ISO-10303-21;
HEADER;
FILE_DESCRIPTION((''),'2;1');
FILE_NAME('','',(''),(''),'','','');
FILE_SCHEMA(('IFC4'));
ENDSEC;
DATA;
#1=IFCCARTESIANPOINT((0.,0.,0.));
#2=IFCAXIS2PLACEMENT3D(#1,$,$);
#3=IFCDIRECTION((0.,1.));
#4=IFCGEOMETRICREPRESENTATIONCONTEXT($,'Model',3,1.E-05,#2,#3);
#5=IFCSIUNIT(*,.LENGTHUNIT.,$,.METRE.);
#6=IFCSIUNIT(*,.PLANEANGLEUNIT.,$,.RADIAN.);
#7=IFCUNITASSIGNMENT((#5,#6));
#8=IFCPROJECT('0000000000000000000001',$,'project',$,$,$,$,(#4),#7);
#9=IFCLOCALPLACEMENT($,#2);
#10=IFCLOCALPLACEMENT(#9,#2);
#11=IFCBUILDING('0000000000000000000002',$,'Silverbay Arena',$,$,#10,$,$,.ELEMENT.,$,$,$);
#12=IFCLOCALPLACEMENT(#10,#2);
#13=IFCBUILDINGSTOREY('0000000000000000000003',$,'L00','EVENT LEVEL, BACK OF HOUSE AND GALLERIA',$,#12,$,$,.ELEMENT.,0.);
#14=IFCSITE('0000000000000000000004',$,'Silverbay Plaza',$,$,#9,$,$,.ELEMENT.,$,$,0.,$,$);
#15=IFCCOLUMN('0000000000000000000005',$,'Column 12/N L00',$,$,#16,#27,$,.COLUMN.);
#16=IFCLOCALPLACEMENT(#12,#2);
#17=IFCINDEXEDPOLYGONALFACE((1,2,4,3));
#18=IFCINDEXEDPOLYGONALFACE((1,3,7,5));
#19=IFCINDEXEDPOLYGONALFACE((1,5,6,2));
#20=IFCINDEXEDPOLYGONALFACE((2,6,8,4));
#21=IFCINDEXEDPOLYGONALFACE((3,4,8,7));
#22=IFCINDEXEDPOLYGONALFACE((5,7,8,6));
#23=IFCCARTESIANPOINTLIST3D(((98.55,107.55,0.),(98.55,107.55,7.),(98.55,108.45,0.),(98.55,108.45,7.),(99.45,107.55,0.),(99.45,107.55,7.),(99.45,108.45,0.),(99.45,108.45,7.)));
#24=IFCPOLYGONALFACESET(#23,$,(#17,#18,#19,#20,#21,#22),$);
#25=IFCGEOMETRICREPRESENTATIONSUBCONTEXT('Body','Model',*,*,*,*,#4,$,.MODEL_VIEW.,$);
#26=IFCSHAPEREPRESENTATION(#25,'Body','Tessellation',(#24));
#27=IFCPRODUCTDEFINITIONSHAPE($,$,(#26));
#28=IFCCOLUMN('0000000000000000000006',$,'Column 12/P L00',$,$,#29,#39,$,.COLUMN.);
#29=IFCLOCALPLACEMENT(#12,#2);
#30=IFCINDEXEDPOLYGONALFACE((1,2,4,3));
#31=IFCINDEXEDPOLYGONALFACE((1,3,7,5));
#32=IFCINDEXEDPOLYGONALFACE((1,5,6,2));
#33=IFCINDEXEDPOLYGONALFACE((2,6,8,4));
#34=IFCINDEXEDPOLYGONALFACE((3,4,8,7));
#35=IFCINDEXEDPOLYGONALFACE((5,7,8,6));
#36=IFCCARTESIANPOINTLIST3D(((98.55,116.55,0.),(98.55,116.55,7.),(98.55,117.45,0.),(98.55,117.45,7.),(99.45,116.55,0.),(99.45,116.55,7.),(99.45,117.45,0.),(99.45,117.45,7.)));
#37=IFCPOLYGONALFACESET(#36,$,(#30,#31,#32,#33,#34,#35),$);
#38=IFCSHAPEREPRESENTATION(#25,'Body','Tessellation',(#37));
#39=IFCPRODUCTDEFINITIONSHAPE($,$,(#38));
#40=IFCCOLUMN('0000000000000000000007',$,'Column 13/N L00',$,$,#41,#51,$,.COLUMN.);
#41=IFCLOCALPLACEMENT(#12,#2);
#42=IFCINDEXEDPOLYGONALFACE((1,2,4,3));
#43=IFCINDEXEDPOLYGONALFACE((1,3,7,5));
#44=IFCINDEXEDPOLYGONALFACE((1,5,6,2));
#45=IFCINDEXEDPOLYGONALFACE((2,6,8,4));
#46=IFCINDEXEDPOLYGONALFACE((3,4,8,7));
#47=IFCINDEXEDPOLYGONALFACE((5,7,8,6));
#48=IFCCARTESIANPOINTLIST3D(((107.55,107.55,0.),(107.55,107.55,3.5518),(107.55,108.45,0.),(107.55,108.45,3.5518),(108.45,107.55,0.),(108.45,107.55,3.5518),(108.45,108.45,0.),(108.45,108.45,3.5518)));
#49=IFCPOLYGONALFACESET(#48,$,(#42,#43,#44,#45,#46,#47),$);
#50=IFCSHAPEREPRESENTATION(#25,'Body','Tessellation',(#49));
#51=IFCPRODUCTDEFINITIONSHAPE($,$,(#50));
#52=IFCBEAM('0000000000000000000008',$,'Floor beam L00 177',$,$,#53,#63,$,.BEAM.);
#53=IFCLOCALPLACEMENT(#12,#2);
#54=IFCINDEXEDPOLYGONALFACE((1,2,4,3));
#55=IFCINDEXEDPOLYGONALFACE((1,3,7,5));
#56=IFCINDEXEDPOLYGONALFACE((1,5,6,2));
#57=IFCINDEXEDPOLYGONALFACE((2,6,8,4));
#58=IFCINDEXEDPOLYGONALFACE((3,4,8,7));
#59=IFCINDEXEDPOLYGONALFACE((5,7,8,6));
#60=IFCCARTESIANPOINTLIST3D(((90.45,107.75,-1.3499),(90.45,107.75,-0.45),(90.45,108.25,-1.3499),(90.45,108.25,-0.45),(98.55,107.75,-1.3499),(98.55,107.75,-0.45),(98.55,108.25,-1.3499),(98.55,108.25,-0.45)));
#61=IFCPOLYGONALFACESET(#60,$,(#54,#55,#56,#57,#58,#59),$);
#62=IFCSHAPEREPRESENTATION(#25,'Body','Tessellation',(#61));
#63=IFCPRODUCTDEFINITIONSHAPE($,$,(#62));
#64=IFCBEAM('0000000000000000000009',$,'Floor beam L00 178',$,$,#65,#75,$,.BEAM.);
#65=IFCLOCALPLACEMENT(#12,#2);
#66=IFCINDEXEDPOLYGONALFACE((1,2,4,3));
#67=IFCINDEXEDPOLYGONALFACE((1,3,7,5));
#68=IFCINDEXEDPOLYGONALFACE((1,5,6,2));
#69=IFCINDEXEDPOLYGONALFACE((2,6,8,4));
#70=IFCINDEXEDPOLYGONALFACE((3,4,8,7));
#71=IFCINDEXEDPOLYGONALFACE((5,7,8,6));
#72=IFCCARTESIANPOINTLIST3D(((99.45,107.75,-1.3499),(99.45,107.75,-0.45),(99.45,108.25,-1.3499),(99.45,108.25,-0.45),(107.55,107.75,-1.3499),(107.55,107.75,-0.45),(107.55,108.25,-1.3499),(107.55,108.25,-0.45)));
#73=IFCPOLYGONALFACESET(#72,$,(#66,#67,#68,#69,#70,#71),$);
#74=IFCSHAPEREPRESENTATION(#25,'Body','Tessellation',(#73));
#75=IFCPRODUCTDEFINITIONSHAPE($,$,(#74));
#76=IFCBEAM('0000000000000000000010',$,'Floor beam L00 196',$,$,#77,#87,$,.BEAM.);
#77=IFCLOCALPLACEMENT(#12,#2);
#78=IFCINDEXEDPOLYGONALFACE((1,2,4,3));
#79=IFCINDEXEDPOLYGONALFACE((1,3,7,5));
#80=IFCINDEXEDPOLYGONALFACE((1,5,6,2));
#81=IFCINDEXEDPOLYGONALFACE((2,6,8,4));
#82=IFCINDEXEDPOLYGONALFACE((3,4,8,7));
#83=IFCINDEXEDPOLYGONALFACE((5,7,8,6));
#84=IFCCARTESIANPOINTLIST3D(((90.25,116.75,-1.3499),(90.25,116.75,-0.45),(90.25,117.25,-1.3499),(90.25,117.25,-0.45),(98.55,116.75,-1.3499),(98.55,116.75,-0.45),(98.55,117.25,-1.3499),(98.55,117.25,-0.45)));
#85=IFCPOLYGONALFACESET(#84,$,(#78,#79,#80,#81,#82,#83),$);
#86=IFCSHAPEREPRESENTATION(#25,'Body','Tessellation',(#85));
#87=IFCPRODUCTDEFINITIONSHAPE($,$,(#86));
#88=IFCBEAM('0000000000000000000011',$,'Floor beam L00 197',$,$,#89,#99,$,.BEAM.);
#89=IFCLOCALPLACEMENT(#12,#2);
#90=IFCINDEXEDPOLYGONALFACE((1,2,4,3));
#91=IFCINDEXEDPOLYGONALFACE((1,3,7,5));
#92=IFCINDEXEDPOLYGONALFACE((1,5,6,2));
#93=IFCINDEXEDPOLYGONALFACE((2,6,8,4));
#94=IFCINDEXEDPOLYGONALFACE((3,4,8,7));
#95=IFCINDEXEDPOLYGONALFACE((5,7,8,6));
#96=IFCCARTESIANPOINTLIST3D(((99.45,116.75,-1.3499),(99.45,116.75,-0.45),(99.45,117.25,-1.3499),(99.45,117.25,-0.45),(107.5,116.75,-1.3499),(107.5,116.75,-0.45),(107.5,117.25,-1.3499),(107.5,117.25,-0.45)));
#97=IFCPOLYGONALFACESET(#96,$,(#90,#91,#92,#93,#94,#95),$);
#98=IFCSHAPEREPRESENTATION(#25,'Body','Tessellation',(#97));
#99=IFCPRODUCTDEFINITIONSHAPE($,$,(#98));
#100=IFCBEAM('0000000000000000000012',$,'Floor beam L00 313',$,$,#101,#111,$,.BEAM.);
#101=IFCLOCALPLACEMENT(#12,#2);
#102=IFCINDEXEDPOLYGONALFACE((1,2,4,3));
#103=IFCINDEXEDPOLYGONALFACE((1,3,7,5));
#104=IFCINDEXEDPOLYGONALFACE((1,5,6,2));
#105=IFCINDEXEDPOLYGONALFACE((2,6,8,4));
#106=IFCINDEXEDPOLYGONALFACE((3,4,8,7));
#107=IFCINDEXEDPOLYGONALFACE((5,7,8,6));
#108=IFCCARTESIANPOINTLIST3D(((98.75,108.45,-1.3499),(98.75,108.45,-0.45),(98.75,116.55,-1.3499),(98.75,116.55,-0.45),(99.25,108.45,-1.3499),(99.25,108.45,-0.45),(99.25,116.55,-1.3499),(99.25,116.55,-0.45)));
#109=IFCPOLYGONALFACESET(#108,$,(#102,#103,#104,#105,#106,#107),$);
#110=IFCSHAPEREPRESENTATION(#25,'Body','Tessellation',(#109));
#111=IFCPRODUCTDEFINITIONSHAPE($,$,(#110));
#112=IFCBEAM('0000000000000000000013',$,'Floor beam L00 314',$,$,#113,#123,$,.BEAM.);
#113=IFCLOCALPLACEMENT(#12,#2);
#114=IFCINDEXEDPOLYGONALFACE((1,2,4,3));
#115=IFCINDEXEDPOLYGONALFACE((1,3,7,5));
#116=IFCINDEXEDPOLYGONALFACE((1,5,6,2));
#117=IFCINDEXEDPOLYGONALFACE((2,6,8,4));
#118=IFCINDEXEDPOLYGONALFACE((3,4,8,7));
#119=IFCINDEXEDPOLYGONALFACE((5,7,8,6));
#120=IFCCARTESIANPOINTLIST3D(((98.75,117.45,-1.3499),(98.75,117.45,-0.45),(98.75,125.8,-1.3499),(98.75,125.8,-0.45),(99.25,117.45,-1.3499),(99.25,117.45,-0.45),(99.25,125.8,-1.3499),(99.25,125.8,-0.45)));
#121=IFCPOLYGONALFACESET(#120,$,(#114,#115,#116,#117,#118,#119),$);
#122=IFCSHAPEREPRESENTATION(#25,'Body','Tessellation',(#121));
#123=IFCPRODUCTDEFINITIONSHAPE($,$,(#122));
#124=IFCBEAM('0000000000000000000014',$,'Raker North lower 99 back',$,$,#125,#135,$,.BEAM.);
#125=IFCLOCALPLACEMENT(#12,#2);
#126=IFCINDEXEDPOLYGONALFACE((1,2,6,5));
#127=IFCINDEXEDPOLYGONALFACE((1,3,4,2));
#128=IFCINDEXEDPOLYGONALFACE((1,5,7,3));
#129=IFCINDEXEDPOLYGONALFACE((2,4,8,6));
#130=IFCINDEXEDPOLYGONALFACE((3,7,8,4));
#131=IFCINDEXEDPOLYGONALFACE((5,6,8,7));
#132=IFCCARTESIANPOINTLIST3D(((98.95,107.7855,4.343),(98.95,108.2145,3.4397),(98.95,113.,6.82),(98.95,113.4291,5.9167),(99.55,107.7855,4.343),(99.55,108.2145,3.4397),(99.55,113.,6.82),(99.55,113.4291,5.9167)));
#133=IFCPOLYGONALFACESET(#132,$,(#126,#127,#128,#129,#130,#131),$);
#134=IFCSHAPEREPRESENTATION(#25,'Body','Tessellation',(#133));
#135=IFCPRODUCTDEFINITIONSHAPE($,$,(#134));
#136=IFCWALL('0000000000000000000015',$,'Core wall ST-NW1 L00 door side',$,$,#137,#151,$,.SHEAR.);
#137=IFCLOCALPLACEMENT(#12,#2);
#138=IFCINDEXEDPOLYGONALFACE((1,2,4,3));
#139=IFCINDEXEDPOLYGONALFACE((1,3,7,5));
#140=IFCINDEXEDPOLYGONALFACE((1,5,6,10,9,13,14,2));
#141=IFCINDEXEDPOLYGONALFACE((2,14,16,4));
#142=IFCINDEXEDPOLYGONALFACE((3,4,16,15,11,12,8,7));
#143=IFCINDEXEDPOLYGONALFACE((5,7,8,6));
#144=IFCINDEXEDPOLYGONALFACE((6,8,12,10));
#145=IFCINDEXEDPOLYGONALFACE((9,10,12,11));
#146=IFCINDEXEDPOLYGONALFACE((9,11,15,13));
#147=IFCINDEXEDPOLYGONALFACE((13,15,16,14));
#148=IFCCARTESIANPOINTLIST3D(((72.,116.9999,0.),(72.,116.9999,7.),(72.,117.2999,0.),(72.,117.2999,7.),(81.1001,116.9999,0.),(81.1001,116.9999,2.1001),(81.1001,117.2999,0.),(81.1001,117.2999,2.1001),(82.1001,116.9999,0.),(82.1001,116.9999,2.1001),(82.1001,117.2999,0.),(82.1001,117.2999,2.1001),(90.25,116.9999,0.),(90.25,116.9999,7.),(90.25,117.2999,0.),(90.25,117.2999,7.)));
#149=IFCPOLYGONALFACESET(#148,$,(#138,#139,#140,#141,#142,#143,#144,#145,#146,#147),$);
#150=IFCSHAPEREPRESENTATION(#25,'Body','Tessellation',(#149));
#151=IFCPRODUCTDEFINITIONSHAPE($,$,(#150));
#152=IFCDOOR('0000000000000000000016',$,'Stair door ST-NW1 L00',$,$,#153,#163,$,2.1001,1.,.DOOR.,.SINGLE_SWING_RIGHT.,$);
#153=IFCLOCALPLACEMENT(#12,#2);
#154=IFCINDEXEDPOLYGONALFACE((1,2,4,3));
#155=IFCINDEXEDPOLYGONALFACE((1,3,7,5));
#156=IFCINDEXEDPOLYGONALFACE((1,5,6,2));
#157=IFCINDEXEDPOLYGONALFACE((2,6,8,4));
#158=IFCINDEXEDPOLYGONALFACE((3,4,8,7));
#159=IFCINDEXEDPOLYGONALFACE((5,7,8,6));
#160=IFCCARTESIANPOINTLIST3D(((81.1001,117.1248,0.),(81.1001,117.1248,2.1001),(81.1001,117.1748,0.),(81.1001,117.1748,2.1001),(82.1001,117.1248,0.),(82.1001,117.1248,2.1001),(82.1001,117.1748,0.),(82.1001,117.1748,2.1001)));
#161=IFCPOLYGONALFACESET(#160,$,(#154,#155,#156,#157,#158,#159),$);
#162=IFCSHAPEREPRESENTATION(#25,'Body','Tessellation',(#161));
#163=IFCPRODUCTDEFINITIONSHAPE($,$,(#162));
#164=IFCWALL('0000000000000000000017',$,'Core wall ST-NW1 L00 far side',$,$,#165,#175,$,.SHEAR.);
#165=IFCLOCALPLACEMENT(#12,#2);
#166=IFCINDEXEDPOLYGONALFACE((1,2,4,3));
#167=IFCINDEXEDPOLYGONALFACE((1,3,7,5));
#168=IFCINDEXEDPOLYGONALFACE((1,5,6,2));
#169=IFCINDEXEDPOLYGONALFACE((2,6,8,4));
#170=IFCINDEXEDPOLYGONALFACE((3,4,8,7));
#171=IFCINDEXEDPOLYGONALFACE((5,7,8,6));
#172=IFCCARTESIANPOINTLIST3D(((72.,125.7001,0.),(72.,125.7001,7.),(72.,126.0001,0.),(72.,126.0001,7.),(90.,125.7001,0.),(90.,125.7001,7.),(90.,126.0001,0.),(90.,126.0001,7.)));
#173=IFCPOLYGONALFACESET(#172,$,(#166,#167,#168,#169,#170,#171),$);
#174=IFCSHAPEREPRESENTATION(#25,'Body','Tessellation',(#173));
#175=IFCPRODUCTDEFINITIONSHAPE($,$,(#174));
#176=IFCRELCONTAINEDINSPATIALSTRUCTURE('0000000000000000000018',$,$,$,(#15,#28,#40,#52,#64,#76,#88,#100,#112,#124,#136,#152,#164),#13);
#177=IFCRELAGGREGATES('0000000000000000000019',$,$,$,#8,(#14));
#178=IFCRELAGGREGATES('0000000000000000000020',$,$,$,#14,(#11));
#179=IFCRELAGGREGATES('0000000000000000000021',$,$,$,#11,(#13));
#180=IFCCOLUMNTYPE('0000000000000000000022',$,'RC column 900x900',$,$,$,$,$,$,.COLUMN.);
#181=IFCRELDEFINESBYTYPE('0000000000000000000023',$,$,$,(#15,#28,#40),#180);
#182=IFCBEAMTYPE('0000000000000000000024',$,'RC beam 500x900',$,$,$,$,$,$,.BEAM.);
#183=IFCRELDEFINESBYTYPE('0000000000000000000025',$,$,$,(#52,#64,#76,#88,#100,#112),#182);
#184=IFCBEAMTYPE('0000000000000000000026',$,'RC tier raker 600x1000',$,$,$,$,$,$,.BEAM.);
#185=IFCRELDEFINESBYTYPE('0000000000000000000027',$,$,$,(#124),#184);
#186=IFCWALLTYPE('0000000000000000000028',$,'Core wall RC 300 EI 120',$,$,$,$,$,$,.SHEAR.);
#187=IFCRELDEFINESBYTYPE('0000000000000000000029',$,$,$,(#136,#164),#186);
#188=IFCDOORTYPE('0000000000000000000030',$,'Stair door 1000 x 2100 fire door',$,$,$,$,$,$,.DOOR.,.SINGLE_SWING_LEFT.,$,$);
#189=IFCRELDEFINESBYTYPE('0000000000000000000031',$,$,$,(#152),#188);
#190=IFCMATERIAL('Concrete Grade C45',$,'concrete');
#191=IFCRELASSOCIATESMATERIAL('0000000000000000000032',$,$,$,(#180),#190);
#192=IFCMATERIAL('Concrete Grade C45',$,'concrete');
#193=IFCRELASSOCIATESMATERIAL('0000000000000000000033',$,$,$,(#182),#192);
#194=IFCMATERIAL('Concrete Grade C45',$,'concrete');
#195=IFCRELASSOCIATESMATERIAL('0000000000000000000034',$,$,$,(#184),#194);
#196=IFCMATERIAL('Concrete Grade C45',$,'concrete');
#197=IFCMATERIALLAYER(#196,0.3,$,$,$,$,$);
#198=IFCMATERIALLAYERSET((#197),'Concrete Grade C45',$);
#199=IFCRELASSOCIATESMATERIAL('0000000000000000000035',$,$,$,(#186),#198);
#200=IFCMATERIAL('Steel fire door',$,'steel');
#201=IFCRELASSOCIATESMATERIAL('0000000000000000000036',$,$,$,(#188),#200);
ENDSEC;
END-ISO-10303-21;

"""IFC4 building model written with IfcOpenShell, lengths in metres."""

from ifc_helpers import new_model, si_unit, direction, frame, frame_2d, origin, origin_2d, place, context, subcontext, project, spatial, rectangle, extrude, material, layer, layer_set, material_profile, profile_set, type_object, element, fill, save


model = new_model("IFC4")

# Units and contexts
model_context = context("Model", 3, precision=1e-05, world=origin(), true_north=direction((0.0, 1.0)))
body_context = subcontext(model_context, "Body", "Model", "MODEL_VIEW")
ifc_project = project(units=[si_unit("LENGTHUNIT", "METRE"), si_unit("PLANEANGLEUNIT", "RADIAN")], contexts=[model_context])

# Site, building, storey
site_placement = place(None, origin())
site = spatial("IfcSite", under=ifc_project, at=site_placement, Name="Silverbay Plaza", CompositionType="ELEMENT", RefElevation=0.0)
building_placement = place(site_placement, origin())
building = spatial("IfcBuilding", under=site, at=building_placement, Name="Silverbay Arena", CompositionType="ELEMENT")
storey_placement = place(building_placement, origin())
storey = spatial("IfcBuildingStorey", under=building, at=storey_placement, Name="L00", Description="EVENT LEVEL, BACK OF HOUSE AND GALLERIA", CompositionType="ELEMENT", Elevation=0.0)

# Columns
ifc_material_1 = material(Name="Concrete Grade C45", Category="concrete")
ifc_material_profile_1 = material_profile(ifc_material_1, rectangle(XDim=0.8999, YDim=0.8999, at=origin_2d()), Name="RC 900x900")
ifc_profile_set_1 = profile_set([ifc_material_profile_1], Name="Concrete Grade C45")
column_type = type_object("IfcColumnType", Name="RC column 900x900", PredefinedType="COLUMN", material=ifc_profile_set_1)
for number, where, z_axis, x_axis, name in (
    (1, (99.0, 108.0, 0.0), (0.0, 0.0, 1.0), (1.0, 0.0, 0.0), "Column 12/N L00"),
    (2, (99.0, 117.0, 0.0), (0.0, 0.0, 1.0), (1.0, 0.0, 0.0), "Column 12/P L00"),
):
    element("IfcColumn", number, at=place(storey_placement, frame(where, z_axis=z_axis, x_axis=x_axis)), inside=storey, type_object=column_type, Name=name, PredefinedType="COLUMN", context=body_context, shape_type="SweptSolid", body=[
        extrude(rectangle(XDim=0.8999, YDim=0.8999, at=origin_2d()), origin(), (0.0, 0.0, 1.0), 7.0),
    ])
column_placement = place(storey_placement, frame((108.0, 108.0, 0.0), z_axis=(0.0, 0.0, 1.0), x_axis=(1.0, 0.0, 0.0)))
element("IfcColumn", 3, at=column_placement, inside=storey, type_object=column_type, Name="Column 13/N L00", PredefinedType="COLUMN", context=body_context, shape_type="SweptSolid", body=[
    extrude(rectangle(XDim=0.8999, YDim=0.8999, at=origin_2d()), origin(), (0.0, 0.0, 1.0), 3.5518),
])

# Beams
ifc_material_2 = material(Name="Concrete Grade C45", Category="concrete")
ifc_material_profile_2 = material_profile(ifc_material_2, rectangle(XDim=0.5, YDim=0.8999, at=origin_2d()), Name="RC 500x900")
ifc_profile_set_2 = profile_set([ifc_material_profile_2], Name="Concrete Grade C45")
beam_type_1 = type_object("IfcBeamType", Name="RC beam 500x900", PredefinedType="BEAM", material=ifc_profile_set_2)
for number, where, z_axis, x_axis, name in (
    (4, (90.45, 108.0, -0.8999), (1.0, 0.0, 0.0), (0.0, 1.0, 0.0), "Floor beam L00 177"),
    (5, (99.45, 108.0, -0.8999), (1.0, 0.0, 0.0), (0.0, 1.0, 0.0), "Floor beam L00 178"),
):
    element("IfcBeam", number, at=place(storey_placement, frame(where, z_axis=z_axis, x_axis=x_axis)), inside=storey, type_object=beam_type_1, Name=name, PredefinedType="BEAM", context=body_context, shape_type="SweptSolid", body=[
        extrude(rectangle(XDim=0.5, YDim=0.8999, at=origin_2d()), origin(), (0.0, 0.0, 1.0), 8.1001),
    ])
beam_1_placement = place(storey_placement, frame((90.25, 117.0, -0.8999), z_axis=(1.0, 0.0, 0.0), x_axis=(0.0, 1.0, 0.0)))
element("IfcBeam", 6, at=beam_1_placement, inside=storey, type_object=beam_type_1, Name="Floor beam L00 196", PredefinedType="BEAM", context=body_context, shape_type="SweptSolid", body=[
    extrude(rectangle(XDim=0.5, YDim=0.8999, at=origin_2d()), origin(), (0.0, 0.0, 1.0), 8.3),
])
beam_2_placement = place(storey_placement, frame((99.45, 117.0, -0.8999), z_axis=(1.0, 0.0, 0.0), x_axis=(0.0, 1.0, 0.0)))
element("IfcBeam", 7, at=beam_2_placement, inside=storey, type_object=beam_type_1, Name="Floor beam L00 197", PredefinedType="BEAM", context=body_context, shape_type="SweptSolid", body=[
    extrude(rectangle(XDim=0.5, YDim=0.8999, at=origin_2d()), origin(), (0.0, 0.0, 1.0), 8.05),
])
beam_3_placement = place(storey_placement, frame((99.0, 108.45, -0.8999), z_axis=(0.0, 1.0, 0.0), x_axis=(-1.0, 0.0, 0.0)))
element("IfcBeam", 8, at=beam_3_placement, inside=storey, type_object=beam_type_1, Name="Floor beam L00 313", PredefinedType="BEAM", context=body_context, shape_type="SweptSolid", body=[
    extrude(rectangle(XDim=0.5, YDim=0.8999, at=origin_2d()), origin(), (0.0, 0.0, 1.0), 8.1001),
])
beam_4_placement = place(storey_placement, frame((99.0, 117.45, -0.8999), z_axis=(0.0, 1.0, 0.0), x_axis=(-1.0, 0.0, 0.0)))
element("IfcBeam", 9, at=beam_4_placement, inside=storey, type_object=beam_type_1, Name="Floor beam L00 314", PredefinedType="BEAM", context=body_context, shape_type="SweptSolid", body=[
    extrude(rectangle(XDim=0.5, YDim=0.8999, at=origin_2d()), origin(), (0.0, 0.0, 1.0), 8.3501),
])
ifc_material_3 = material(Name="Concrete Grade C45", Category="concrete")
ifc_material_profile_3 = material_profile(ifc_material_3, rectangle(XDim=0.6001, YDim=1.0, at=origin_2d()), Name="RC 600x1000")
ifc_profile_set_3 = profile_set([ifc_material_profile_3], Name="Concrete Grade C45")
beam_type_2 = type_object("IfcBeamType", Name="RC tier raker 600x1000", PredefinedType="BEAM", material=ifc_profile_set_3)
beam_5_placement = place(storey_placement, frame((99.25, 108.0, 3.8914), z_axis=(0.0, 0.90327, 0.429073), x_axis=(-1.0, 0.0, 0.0)))
element("IfcBeam", 10, at=beam_5_placement, inside=storey, type_object=beam_type_2, Name="Raker North lower 99 back", PredefinedType="BEAM", context=body_context, shape_type="SweptSolid", body=[
    extrude(rectangle(XDim=0.6001, YDim=1.0, at=origin_2d()), origin(), (0.0, 0.0, 1.0), 5.7729),
])

# Wall, opening, door
ifc_material_4 = material(Name="Concrete Grade C45", Category="concrete")
ifc_layer_1 = layer(ifc_material_4, 0.3)
ifc_layer_set_1 = layer_set([ifc_layer_1], Name="Concrete Grade C45")
wall_type_1 = type_object("IfcWallType", Name="Core wall RC 300 EI 120", PredefinedType="SHEAR", material=ifc_layer_set_1)
wall_1_placement = place(storey_placement, frame((90.25, 117.1499, 0.0), z_axis=(0.0, 0.0, 1.0), x_axis=(-1.0, 0.0, 0.0)))
wall_1 = element("IfcWall", 11, at=wall_1_placement, inside=storey, type_object=wall_type_1, Name="Core wall ST-NW1 L00 door side", PredefinedType="SHEAR", context=body_context, shape_type="SweptSolid", body=[
    extrude(rectangle(XDim=18.25, YDim=0.3, at=frame_2d((9.125, 0.0))), origin(), (0.0, 0.0, 1.0), 7.0),
])
opening_1_placement = place(wall_1_placement, frame((8.1499, 0.0, 0.0)))
opening_1 = element("IfcOpeningElement", 12, at=opening_1_placement, cuts=wall_1, PredefinedType="OPENING", context=body_context, shape_type="SweptSolid", body=[
    extrude(rectangle(XDim=1.0, YDim=2.1001, at=frame_2d((0.5, 1.05))), frame((0.0, 0.1602, 0.0), z_axis=(0.0, -1.0, 0.0), x_axis=(1.0, 0.0, 0.0)), (0.0, 0.0, 1.0), 0.3201),
])
ifc_material_5 = material(Name="Steel fire door", Category="steel")
door_type_1 = type_object("IfcDoorType", Name="Stair door 1000 x 2100 fire door", OperationType="SINGLE_SWING_LEFT", PredefinedType="DOOR", material=ifc_material_5)
door_1_placement = place(opening_1_placement, frame((1.0, 0.0, 0.0), z_axis=(0.0, 0.0, 1.0), x_axis=(-1.0, 0.0, 0.0)))
door_1 = element("IfcDoor", 13, at=door_1_placement, inside=storey, type_object=door_type_1, Name="Stair door ST-NW1 L00", OperationType="SINGLE_SWING_RIGHT", OverallHeight=2.1001, OverallWidth=1.0, PredefinedType="DOOR", context=body_context, shape_type="SweptSolid", body=[
    extrude(rectangle(XDim=1.0, YDim=2.1001, at=frame_2d((0.5, 1.05))), frame((0.0, 0.0249, 0.0), z_axis=(0.0, -1.0, 0.0), x_axis=(1.0, 0.0, 0.0)), (0.0, 0.0, 1.0), 0.05),
])
fill(opening_1, door_1)

# Wall
wall_2_placement = place(storey_placement, frame((90.0, 125.8501, 0.0), z_axis=(0.0, 0.0, 1.0), x_axis=(-1.0, 0.0, 0.0)))
element("IfcWall", 14, at=wall_2_placement, inside=storey, type_object=wall_type_1, Name="Core wall ST-NW1 L00 far side", PredefinedType="SHEAR", context=body_context, shape_type="SweptSolid", body=[
    extrude(rectangle(XDim=18.0, YDim=0.3, at=frame_2d((9.0, 0.0))), origin(), (0.0, 0.0, 1.0), 7.0),
])

save(model, "model.ifc")
